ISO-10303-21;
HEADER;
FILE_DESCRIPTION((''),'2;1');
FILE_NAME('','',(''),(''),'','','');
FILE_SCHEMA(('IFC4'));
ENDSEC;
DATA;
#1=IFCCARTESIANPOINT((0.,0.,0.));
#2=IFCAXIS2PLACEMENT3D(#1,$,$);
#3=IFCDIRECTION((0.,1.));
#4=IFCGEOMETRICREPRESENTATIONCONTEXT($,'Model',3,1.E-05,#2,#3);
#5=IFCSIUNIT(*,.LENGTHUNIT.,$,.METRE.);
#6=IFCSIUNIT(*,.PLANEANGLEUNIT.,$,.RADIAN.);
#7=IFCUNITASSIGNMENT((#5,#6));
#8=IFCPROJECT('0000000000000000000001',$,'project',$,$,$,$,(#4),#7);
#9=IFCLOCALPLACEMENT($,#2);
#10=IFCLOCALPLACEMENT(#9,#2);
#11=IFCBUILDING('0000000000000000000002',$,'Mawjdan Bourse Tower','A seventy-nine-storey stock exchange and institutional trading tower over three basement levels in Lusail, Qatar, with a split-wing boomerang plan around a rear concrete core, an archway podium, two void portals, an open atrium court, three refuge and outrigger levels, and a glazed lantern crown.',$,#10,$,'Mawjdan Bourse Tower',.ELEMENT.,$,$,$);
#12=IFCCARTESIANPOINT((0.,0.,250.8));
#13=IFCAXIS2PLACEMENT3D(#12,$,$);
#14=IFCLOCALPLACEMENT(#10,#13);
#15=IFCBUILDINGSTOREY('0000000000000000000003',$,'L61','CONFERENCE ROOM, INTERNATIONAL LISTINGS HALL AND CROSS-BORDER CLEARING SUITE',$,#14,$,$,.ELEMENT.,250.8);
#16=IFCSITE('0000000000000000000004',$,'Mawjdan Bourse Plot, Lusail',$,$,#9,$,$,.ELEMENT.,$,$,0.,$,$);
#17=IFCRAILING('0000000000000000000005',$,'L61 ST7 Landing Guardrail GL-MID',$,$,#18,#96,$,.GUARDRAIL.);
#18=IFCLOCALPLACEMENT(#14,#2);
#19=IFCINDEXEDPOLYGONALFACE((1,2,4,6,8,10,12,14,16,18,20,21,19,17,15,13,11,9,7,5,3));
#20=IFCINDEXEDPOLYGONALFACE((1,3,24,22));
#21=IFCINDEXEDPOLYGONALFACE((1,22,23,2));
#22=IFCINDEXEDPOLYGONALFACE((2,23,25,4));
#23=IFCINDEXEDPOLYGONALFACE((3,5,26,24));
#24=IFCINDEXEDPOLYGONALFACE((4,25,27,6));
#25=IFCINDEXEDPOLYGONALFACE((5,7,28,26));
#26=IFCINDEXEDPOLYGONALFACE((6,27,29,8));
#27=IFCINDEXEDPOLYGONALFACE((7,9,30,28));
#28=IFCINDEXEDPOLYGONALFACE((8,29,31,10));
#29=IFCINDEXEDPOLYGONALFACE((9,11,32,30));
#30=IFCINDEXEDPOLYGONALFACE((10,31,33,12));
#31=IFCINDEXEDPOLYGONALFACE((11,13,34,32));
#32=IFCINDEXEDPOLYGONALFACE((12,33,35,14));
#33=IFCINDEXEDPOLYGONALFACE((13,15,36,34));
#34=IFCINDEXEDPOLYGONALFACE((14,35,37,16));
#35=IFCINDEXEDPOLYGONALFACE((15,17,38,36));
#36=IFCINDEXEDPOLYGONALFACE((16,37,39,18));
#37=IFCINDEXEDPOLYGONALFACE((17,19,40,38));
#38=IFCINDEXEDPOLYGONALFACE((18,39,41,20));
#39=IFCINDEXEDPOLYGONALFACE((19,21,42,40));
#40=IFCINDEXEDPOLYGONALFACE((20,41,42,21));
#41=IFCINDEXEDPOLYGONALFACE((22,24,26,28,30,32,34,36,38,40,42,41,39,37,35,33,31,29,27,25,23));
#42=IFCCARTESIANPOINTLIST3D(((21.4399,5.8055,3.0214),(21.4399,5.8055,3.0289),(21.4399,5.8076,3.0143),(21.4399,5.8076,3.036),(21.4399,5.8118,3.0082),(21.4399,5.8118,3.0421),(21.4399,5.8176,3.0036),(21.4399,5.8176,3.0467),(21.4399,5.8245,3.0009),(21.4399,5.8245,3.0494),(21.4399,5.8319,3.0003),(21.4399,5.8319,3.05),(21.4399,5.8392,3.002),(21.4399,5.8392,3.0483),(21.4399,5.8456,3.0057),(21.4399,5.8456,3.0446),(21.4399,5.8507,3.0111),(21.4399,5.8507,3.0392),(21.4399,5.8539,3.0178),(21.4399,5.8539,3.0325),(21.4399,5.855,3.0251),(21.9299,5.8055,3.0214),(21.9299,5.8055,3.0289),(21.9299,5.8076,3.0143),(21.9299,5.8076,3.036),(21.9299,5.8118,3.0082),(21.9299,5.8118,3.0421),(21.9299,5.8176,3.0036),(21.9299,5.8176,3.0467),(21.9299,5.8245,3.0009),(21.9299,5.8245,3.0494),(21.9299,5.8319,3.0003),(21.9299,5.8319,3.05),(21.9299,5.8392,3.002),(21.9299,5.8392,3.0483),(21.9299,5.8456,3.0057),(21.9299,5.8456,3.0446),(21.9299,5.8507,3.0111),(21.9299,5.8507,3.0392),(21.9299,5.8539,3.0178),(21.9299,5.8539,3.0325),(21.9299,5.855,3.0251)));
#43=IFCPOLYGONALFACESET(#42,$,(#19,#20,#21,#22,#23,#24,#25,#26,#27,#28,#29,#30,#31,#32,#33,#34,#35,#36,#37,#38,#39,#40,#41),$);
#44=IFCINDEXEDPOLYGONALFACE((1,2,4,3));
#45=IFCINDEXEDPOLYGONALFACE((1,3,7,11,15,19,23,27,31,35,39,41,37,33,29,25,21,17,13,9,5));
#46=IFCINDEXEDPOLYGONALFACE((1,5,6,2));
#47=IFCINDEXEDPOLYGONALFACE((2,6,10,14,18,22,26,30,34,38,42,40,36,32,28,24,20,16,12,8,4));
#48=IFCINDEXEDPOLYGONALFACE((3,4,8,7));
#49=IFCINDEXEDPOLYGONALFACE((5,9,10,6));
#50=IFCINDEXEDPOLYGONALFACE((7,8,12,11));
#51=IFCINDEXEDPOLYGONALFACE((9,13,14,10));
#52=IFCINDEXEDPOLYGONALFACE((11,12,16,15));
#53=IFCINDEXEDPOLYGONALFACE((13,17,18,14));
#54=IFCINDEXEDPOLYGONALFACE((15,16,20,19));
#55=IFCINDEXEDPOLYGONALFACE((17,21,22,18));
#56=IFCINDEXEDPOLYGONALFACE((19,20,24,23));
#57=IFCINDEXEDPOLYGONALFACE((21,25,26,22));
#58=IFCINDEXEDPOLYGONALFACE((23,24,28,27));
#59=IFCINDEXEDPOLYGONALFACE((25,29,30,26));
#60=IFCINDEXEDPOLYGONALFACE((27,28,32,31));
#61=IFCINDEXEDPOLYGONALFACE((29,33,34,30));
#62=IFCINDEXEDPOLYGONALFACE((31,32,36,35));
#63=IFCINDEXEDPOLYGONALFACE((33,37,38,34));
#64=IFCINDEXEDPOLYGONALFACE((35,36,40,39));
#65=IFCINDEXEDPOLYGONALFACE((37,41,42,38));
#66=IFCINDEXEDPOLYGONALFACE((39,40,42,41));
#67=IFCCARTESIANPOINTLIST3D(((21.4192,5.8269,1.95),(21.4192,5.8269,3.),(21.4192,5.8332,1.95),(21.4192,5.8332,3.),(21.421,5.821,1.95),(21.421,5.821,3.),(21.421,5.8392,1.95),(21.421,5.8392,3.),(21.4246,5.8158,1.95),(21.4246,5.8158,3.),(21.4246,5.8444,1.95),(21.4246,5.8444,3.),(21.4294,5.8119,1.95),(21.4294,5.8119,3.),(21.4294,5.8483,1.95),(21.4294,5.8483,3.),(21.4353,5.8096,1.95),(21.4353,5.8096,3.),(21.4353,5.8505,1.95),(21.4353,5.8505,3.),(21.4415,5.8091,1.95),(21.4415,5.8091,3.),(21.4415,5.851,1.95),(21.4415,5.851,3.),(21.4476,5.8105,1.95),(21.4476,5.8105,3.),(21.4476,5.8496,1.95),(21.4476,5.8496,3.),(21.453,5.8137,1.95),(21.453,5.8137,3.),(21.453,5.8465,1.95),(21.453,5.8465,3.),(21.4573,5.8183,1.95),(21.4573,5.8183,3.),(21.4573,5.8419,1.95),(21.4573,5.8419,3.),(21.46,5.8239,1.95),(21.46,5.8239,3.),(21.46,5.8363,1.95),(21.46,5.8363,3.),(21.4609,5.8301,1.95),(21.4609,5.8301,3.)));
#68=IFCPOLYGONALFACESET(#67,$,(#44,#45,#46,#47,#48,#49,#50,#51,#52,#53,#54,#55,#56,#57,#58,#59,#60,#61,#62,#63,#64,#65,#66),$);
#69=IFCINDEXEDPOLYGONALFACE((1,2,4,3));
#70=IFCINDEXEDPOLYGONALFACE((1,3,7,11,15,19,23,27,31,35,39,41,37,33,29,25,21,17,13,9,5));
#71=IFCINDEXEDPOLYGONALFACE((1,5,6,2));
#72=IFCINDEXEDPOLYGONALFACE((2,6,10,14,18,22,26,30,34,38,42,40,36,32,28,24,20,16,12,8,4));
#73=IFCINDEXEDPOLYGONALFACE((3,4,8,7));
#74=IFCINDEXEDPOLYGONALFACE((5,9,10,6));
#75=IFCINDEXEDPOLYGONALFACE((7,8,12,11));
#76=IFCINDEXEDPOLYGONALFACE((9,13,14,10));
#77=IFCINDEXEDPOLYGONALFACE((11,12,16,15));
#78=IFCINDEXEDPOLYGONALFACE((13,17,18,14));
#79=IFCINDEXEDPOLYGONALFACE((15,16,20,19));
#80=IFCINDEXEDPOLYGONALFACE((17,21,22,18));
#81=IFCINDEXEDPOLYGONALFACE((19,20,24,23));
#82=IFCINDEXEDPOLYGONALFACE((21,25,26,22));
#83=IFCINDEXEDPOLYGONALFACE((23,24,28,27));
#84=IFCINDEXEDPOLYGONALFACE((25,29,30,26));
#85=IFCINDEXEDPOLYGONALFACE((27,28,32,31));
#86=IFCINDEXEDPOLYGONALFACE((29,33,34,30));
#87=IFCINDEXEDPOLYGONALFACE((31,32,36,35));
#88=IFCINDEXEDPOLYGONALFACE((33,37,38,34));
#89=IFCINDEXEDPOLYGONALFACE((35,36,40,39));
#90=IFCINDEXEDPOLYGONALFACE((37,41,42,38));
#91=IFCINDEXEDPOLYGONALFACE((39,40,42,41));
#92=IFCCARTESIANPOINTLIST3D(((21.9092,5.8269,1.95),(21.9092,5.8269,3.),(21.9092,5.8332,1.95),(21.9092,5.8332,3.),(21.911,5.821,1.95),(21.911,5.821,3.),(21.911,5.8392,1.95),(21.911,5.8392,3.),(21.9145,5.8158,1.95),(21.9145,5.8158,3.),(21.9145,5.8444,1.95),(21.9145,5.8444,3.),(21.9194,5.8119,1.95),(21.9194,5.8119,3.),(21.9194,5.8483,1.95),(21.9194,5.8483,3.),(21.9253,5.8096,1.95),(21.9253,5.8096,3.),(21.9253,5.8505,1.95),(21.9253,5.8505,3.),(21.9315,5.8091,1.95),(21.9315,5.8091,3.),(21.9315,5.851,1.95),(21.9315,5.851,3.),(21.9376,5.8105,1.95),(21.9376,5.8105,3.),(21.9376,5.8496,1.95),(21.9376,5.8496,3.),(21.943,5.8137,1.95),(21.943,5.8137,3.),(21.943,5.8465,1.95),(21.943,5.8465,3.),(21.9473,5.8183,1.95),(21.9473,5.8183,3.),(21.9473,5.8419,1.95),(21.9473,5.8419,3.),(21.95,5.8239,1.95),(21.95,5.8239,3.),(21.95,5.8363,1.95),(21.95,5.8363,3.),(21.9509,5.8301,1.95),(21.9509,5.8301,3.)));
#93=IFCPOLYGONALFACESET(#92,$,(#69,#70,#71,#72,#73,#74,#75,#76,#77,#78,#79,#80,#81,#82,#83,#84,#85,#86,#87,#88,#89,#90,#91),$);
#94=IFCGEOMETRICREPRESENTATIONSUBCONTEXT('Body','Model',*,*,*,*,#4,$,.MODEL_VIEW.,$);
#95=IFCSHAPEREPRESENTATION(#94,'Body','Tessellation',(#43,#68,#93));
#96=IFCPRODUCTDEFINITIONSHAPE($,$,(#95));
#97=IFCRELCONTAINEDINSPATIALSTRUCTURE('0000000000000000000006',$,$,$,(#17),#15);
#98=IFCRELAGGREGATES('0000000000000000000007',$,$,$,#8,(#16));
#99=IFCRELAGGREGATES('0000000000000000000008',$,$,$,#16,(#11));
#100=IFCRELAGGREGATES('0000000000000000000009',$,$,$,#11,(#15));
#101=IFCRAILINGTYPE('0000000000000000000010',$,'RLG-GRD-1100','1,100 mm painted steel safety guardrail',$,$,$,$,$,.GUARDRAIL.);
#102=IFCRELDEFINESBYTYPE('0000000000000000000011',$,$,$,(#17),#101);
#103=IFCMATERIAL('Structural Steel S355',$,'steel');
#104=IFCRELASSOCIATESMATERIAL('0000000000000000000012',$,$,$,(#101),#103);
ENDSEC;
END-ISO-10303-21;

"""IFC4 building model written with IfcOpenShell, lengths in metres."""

from ifc_helpers import new_model, si_unit, direction, frame, origin, origin_2d, place, context, subcontext, project, spatial, circle, extrude, material, type_object, element, save


model = new_model("IFC4")

# Units and contexts
model_context = context("Model", 3, precision=1e-05, world=origin(), true_north=direction((0.0, 1.0)))
body_context = subcontext(model_context, "Body", "Model", "MODEL_VIEW")
ifc_project = project(units=[si_unit("LENGTHUNIT", "METRE"), si_unit("PLANEANGLEUNIT", "RADIAN")], contexts=[model_context])

# Site, building, storey
site_placement = place(None, origin())
site = spatial("IfcSite", under=ifc_project, at=site_placement, Name="Mawjdan Bourse Plot, Lusail", CompositionType="ELEMENT", RefElevation=0.0)
building_placement = place(site_placement, origin())
building = spatial("IfcBuilding", under=site, at=building_placement, Name="Mawjdan Bourse Tower", Description="A seventy-nine-storey stock exchange and institutional trading tower over three basement levels in Lusail, Qatar, with a split-wing boomerang plan around a rear concrete core, an archway podium, two void portals, an open atrium court, three refuge and outrigger levels, and a glazed lantern crown.", LongName="Mawjdan Bourse Tower", CompositionType="ELEMENT")
storey_placement = place(building_placement, frame((0.0, 0.0, 250.8)))
storey = spatial("IfcBuildingStorey", under=building, at=storey_placement, Name="L61", Description="CONFERENCE ROOM, INTERNATIONAL LISTINGS HALL AND CROSS-BORDER CLEARING SUITE", CompositionType="ELEMENT", Elevation=250.8)

# Shared definitions
ifc_material_1 = material(Name="Structural Steel S355", Category="steel")

# Railing
railing_type_1 = type_object("IfcRailingType", Name="RLG-GRD-1100", Description="1,100 mm painted steel safety guardrail", PredefinedType="GUARDRAIL", material=ifc_material_1)
railing_1_placement = place(storey_placement, frame((21.4399, 5.8301, 1.95)))
element("IfcRailing", 1, at=railing_1_placement, inside=storey, type_object=railing_type_1, Name="L61 ST7 Landing Guardrail GL-MID", PredefinedType="GUARDRAIL", context=body_context, shape_type="SweptSolid", body=[
    extrude(circle(Radius=0.0249, at=origin_2d()), frame((0.0, 0.0, 1.0752), z_axis=(1.0, 0.0, 0.0), x_axis=(0.0, 1.0, 0.0)), (0.0, 0.0, 1.0), 0.49),
    extrude(circle(Radius=0.021, at=origin_2d()), origin(), (0.0, 0.0, 1.0), 1.05),
    extrude(circle(Radius=0.021, at=origin_2d()), frame((0.49, 0.0, 0.0)), (0.0, 0.0, 1.0), 1.05),
])

save(model, "model.ifc")
